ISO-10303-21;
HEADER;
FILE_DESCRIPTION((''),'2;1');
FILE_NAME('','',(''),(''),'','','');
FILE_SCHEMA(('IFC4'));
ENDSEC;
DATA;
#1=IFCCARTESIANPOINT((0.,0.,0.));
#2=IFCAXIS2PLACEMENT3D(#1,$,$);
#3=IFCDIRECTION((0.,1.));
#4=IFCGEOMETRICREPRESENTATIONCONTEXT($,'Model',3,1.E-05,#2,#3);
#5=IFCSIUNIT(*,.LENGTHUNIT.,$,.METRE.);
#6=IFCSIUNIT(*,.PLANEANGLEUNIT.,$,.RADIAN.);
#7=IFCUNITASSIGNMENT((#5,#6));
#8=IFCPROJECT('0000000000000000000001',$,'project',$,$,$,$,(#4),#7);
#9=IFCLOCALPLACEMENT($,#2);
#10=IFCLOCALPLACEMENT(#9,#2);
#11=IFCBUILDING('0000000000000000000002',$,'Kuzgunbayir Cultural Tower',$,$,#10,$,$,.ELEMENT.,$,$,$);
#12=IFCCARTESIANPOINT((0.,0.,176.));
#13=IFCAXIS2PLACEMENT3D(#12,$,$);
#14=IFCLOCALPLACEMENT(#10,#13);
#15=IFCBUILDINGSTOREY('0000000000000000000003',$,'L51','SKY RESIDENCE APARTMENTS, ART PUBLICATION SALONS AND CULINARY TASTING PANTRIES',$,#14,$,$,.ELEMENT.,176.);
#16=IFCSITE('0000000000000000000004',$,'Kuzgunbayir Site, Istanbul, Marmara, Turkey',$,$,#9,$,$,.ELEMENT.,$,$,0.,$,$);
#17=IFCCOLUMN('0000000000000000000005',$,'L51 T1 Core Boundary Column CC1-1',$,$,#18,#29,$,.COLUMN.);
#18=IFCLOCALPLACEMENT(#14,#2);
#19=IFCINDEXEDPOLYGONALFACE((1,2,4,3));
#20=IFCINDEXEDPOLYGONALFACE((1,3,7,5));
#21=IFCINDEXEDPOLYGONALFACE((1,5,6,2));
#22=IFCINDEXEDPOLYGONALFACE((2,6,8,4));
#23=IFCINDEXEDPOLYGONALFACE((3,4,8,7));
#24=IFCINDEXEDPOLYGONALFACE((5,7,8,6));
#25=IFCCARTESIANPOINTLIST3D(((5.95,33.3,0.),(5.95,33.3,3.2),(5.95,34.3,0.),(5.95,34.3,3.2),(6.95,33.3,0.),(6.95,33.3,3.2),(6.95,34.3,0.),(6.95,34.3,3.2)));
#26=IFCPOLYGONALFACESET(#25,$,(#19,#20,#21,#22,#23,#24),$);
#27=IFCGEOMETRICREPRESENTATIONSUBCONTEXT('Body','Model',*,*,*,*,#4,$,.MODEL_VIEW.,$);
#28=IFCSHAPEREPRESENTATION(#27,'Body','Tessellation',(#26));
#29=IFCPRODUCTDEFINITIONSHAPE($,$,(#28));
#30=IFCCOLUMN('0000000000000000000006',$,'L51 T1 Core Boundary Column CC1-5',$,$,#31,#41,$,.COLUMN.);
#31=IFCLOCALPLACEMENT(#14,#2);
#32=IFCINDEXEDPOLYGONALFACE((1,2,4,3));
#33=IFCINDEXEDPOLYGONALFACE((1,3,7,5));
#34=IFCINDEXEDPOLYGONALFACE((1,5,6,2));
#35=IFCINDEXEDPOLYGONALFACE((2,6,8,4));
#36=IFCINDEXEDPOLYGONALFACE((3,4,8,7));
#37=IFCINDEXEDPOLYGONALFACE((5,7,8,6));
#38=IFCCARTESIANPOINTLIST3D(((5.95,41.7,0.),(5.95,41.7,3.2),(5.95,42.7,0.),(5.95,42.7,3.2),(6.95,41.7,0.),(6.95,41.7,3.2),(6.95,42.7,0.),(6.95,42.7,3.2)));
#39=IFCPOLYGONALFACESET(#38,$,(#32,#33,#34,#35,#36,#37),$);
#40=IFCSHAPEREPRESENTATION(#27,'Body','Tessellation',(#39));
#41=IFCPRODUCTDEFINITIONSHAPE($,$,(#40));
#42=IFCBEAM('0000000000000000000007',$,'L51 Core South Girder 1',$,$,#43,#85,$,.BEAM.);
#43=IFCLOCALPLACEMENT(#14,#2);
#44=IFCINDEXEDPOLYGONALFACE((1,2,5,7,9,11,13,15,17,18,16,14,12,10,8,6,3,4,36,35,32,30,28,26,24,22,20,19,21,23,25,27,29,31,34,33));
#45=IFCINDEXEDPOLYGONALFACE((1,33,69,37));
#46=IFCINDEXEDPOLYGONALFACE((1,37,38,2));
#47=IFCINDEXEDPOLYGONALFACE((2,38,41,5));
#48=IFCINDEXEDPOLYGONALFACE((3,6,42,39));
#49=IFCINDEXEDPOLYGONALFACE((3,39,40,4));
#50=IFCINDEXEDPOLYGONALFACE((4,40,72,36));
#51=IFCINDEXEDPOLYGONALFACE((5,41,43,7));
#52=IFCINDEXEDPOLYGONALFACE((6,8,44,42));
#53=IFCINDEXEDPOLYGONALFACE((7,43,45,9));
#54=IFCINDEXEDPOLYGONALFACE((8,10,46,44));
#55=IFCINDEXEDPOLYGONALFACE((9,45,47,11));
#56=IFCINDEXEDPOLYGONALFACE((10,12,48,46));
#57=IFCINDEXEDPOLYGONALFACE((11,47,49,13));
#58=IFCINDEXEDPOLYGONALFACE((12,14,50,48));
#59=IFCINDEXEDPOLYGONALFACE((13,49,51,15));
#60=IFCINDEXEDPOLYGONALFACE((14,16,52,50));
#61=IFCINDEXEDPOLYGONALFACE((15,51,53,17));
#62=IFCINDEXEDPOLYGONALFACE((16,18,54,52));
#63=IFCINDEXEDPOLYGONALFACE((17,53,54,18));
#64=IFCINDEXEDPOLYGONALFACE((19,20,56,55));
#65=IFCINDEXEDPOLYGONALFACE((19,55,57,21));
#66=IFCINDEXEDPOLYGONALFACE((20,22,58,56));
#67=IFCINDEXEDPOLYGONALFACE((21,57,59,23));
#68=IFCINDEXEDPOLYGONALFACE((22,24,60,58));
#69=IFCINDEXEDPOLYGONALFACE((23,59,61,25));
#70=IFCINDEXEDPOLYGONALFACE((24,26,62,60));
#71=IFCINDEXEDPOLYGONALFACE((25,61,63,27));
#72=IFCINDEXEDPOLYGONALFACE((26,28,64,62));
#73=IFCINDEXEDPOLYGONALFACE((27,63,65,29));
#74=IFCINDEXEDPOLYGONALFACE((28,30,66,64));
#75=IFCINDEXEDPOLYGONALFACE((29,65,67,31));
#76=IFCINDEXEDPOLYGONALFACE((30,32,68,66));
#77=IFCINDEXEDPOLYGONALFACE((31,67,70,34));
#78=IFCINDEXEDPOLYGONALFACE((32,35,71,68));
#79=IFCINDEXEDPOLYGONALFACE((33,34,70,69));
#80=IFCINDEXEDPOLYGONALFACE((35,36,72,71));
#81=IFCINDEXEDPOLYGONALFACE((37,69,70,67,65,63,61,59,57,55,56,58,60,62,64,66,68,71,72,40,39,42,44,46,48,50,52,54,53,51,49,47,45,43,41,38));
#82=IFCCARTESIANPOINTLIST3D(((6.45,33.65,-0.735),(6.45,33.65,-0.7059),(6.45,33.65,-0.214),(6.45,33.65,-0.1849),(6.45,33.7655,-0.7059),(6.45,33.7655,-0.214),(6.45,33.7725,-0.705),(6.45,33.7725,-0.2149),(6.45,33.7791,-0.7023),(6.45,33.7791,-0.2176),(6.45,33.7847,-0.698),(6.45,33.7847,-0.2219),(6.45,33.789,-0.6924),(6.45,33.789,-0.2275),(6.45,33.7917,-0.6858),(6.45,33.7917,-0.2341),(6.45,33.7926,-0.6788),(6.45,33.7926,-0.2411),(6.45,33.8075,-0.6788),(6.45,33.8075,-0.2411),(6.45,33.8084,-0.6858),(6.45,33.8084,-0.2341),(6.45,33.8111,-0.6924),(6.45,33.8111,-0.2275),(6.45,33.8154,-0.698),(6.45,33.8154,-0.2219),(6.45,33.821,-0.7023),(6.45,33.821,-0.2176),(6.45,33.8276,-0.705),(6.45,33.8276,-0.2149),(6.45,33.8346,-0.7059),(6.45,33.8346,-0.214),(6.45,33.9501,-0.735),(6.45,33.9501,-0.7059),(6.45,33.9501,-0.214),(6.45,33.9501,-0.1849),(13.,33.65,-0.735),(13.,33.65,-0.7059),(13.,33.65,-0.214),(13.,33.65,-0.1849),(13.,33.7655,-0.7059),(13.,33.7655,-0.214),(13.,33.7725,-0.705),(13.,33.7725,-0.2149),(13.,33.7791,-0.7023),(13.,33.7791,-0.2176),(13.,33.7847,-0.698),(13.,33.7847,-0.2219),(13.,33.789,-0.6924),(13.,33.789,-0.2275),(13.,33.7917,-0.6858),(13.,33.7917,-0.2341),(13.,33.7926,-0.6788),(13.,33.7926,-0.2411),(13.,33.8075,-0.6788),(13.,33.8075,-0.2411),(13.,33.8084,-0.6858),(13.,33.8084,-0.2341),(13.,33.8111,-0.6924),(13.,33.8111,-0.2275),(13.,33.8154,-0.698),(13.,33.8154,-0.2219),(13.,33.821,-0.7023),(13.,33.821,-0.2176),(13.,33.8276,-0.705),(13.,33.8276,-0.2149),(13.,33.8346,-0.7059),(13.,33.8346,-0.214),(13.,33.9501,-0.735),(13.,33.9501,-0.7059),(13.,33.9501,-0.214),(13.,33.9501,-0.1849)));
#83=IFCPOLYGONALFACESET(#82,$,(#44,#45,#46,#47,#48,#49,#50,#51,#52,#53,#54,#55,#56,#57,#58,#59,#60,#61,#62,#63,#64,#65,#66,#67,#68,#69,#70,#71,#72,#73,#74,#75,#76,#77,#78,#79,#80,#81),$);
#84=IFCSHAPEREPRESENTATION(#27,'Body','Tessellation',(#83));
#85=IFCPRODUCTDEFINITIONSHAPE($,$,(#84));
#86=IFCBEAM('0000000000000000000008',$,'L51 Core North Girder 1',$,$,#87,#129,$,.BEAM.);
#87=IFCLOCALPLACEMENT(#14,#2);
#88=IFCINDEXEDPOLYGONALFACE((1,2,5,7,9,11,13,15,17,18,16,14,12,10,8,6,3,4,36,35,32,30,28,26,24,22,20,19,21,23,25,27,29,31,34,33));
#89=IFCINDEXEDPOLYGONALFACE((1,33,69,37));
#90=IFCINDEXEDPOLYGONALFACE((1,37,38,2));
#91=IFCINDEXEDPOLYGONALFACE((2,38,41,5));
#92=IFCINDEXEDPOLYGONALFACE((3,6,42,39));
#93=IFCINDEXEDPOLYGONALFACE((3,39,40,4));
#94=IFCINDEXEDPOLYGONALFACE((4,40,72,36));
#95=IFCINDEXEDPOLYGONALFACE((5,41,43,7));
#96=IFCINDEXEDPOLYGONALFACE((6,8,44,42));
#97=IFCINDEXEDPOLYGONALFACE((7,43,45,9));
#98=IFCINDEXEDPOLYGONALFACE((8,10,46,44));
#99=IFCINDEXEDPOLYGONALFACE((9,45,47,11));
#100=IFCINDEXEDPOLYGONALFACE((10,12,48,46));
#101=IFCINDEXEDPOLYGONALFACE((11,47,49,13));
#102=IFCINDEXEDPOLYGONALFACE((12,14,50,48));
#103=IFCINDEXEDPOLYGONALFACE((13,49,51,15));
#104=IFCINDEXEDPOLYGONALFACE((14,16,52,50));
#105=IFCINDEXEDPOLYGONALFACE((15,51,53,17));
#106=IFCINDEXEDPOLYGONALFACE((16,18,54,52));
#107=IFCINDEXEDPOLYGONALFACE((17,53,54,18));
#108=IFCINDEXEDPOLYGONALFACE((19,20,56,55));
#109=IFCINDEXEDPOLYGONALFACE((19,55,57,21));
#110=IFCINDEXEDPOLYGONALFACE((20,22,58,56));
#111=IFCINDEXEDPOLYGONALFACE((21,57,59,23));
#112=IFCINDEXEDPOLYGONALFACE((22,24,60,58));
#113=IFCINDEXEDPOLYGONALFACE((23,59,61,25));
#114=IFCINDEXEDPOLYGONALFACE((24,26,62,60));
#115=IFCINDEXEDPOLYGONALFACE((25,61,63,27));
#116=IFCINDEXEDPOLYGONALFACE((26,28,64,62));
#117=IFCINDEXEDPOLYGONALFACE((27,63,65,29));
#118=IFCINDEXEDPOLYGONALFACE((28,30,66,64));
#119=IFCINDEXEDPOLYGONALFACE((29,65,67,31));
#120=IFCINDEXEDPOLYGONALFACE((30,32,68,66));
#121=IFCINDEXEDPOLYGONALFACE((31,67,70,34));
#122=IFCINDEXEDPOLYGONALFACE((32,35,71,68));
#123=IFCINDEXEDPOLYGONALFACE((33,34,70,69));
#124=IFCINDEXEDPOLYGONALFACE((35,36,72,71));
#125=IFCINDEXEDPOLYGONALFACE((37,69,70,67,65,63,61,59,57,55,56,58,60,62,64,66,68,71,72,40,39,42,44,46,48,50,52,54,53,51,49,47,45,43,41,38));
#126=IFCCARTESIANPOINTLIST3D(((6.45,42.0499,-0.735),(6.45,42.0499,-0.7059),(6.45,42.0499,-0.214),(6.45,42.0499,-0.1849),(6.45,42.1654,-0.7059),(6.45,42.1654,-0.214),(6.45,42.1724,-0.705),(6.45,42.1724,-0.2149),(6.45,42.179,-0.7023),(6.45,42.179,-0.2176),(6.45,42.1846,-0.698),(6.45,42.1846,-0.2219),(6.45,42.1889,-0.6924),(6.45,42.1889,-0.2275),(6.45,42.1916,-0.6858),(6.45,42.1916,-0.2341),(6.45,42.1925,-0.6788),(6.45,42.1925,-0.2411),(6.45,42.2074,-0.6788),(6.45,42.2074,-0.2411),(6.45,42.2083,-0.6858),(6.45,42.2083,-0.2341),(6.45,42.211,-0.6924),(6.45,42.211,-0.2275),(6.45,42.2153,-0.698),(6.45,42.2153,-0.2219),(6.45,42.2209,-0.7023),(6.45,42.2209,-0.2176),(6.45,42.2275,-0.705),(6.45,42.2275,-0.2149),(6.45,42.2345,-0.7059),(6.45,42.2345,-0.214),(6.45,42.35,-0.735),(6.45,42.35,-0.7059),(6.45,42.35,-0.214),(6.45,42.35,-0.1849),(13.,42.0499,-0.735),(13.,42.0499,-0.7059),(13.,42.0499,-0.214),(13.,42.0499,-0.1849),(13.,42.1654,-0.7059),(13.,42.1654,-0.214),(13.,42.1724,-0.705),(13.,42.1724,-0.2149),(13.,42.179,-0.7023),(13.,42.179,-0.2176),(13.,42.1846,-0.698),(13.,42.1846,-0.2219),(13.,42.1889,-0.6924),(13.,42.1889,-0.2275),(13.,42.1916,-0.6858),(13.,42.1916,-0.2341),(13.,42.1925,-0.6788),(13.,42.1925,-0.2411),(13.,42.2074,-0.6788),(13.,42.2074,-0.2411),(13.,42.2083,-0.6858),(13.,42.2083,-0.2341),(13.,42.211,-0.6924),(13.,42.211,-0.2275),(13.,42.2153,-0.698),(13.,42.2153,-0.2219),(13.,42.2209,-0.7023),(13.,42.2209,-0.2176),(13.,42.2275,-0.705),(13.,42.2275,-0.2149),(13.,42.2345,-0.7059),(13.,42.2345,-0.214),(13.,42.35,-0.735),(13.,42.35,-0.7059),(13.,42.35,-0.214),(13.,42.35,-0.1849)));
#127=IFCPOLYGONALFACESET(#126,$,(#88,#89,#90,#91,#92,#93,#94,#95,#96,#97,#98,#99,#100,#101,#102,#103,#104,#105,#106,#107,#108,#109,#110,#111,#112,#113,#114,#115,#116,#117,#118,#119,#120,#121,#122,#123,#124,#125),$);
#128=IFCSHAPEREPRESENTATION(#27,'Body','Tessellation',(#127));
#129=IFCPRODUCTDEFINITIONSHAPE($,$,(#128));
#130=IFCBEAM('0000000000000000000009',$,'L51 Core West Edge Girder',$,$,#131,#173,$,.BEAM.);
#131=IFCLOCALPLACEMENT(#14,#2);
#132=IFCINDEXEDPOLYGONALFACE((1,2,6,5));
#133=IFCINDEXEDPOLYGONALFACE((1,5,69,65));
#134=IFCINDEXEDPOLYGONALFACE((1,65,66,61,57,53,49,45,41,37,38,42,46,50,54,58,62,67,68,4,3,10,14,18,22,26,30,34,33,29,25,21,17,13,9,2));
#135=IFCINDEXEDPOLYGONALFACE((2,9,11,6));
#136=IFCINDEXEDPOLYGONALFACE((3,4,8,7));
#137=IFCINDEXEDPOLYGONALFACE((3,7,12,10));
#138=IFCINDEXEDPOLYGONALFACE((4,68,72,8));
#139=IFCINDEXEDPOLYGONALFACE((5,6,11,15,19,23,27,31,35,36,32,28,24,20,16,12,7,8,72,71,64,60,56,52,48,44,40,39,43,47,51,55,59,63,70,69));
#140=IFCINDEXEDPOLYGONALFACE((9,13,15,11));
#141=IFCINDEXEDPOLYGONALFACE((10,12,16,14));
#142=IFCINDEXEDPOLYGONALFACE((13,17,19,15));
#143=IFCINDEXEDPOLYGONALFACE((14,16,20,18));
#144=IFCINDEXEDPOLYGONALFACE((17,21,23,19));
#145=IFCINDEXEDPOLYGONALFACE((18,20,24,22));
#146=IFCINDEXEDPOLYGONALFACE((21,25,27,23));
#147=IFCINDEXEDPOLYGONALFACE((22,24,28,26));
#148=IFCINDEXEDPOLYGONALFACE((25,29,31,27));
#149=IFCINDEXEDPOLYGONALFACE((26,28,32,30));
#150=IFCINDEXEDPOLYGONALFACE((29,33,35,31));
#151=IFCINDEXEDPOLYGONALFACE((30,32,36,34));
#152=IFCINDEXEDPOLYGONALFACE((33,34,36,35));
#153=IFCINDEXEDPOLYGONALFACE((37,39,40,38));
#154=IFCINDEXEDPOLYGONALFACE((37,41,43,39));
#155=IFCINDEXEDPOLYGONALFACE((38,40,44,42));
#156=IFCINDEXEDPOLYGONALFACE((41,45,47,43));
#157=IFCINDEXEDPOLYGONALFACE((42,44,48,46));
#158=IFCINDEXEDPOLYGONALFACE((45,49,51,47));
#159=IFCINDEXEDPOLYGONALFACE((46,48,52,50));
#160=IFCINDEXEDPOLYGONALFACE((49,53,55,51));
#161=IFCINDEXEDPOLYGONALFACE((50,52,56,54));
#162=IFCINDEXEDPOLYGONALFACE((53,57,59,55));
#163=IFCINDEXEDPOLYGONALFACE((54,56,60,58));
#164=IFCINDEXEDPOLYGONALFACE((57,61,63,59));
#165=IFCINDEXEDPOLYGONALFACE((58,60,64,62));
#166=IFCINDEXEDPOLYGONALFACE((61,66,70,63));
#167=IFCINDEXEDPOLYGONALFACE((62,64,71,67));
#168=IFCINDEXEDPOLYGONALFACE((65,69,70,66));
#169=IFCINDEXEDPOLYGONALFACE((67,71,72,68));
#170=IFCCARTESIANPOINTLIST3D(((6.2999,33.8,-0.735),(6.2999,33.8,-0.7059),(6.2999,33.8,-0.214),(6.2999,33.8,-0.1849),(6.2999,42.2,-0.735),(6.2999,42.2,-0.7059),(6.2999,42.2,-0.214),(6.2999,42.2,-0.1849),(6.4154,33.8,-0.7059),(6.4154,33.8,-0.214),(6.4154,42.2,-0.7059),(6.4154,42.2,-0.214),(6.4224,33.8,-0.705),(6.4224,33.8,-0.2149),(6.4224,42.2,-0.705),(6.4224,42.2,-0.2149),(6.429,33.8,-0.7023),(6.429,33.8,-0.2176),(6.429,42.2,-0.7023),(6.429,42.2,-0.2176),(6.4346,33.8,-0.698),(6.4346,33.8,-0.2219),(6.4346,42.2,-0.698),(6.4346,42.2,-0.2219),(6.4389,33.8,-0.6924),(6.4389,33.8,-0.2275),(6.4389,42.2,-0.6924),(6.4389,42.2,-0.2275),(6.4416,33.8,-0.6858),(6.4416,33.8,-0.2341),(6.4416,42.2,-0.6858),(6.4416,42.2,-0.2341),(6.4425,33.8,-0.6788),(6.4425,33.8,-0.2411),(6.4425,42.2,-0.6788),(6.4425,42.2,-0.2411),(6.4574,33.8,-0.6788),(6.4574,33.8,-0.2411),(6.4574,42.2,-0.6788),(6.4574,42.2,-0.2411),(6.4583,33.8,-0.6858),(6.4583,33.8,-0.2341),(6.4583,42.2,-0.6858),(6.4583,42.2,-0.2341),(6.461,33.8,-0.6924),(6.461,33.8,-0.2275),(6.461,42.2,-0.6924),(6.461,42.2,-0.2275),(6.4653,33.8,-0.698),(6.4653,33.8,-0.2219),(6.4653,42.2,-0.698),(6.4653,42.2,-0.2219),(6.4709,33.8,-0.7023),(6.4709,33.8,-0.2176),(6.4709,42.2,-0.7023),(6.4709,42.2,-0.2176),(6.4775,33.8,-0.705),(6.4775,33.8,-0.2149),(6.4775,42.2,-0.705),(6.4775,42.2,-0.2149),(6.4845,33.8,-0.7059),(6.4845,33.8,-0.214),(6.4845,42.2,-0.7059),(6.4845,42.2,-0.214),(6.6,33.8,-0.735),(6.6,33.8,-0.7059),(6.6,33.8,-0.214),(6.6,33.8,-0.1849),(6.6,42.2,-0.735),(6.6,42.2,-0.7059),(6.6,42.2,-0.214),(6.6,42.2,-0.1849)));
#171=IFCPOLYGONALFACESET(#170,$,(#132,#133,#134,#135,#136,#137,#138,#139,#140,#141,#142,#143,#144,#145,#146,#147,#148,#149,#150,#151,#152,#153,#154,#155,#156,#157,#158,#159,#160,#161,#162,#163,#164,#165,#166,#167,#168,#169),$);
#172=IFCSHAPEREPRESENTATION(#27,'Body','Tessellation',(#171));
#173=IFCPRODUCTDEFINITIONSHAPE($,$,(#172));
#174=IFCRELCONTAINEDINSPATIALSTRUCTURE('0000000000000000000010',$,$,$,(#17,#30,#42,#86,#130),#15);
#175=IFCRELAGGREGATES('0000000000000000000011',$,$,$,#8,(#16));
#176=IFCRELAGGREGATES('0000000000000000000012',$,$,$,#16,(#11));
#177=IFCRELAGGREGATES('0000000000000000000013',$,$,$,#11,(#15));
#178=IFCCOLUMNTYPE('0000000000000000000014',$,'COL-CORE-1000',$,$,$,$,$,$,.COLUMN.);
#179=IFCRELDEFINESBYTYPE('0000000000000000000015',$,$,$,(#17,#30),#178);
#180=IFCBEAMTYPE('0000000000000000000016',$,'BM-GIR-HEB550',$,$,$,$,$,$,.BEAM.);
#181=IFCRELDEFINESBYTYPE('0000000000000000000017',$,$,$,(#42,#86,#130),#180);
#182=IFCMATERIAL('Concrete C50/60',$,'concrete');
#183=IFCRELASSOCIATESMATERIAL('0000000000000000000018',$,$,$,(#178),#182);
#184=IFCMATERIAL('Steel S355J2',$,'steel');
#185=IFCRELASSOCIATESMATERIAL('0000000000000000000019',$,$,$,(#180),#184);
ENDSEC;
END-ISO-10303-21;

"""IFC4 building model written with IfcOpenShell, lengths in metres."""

from ifc_helpers import new_model, si_unit, direction, frame, origin, origin_2d, place, context, subcontext, project, spatial, rectangle, i_section, extrude, material, material_profile, profile_set, type_object, element, save


model = new_model("IFC4")

# Units and contexts
model_context = context("Model", 3, precision=1e-05, world=origin(), true_north=direction((0.0, 1.0)))
body_context = subcontext(model_context, "Body", "Model", "MODEL_VIEW")
ifc_project = project(units=[si_unit("LENGTHUNIT", "METRE"), si_unit("PLANEANGLEUNIT", "RADIAN")], contexts=[model_context])

# Site, building, storey
site_placement = place(None, origin())
site = spatial("IfcSite", under=ifc_project, at=site_placement, Name="Kuzgunbayir Site, Istanbul, Marmara, Turkey", CompositionType="ELEMENT", RefElevation=0.0)
building_placement = place(site_placement, origin())
building = spatial("IfcBuilding", under=site, at=building_placement, Name="Kuzgunbayir Cultural Tower", CompositionType="ELEMENT")
storey_placement = place(building_placement, frame((0.0, 0.0, 176.0)))
storey = spatial("IfcBuildingStorey", under=building, at=storey_placement, Name="L51", Description="SKY RESIDENCE APARTMENTS, ART PUBLICATION SALONS AND CULINARY TASTING PANTRIES", CompositionType="ELEMENT", Elevation=176.0)

# Columns
ifc_material_1 = material(Name="Concrete C50/60", Category="concrete")
ifc_material_profile_1 = material_profile(ifc_material_1, rectangle(XDim=1.0, YDim=1.0, at=origin_2d()), Name="RC 1000x1000")
ifc_profile_set_1 = profile_set([ifc_material_profile_1], Name="Concrete C50/60")
column_type = type_object("IfcColumnType", Name="COL-CORE-1000", PredefinedType="COLUMN", material=ifc_profile_set_1)
for number, where, z_axis, x_axis, name in (
    (1, (6.45, 33.8, 0.0), (0.0, 0.0, 1.0), (1.0, 0.0, 0.0), "L51 T1 Core Boundary Column CC1-1"),
    (2, (6.45, 42.2, 0.0), (0.0, 0.0, 1.0), (1.0, 0.0, 0.0), "L51 T1 Core Boundary Column CC1-5"),
):
    element("IfcColumn", number, at=place(storey_placement, frame(where, z_axis=z_axis, x_axis=x_axis)), inside=storey, type_object=column_type, Name=name, PredefinedType="COLUMN", context=body_context, shape_type="SweptSolid", body=[
        extrude(rectangle(XDim=1.0, YDim=1.0, at=origin_2d()), origin(), (0.0, 0.0, 1.0), 3.2),
    ])

# Beams
ifc_material_2 = material(Name="Steel S355J2", Category="steel")
ifc_material_profile_2 = material_profile(ifc_material_2, i_section(OverallWidth=0.3, OverallDepth=0.55, WebThickness=0.0149, FlangeThickness=0.0291, FilletRadius=0.0271, at=origin_2d()), Name="HEB 550")
ifc_profile_set_2 = profile_set([ifc_material_profile_2], Name="Steel S355J2")
beam_type = type_object("IfcBeamType", Name="BM-GIR-HEB550", PredefinedType="BEAM", material=ifc_profile_set_2)
for number, where, z_axis, x_axis, name in (
    (3, (6.45, 33.8, -0.46), (1.0, 0.0, 0.0), (0.0, 1.0, 0.0), "L51 Core South Girder 1"),
    (4, (6.45, 42.2, -0.46), (1.0, 0.0, 0.0), (0.0, 1.0, 0.0), "L51 Core North Girder 1"),
):
    element("IfcBeam", number, at=place(storey_placement, frame(where, z_axis=z_axis, x_axis=x_axis)), inside=storey, type_object=beam_type, Name=name, PredefinedType="BEAM", context=body_context, shape_type="SweptSolid", body=[
        extrude(i_section(OverallWidth=0.3, OverallDepth=0.55, WebThickness=0.0149, FlangeThickness=0.0291, FilletRadius=0.0271, at=origin_2d()), origin(), (0.0, 0.0, 1.0), 6.55),
    ])
beam_1_placement = place(storey_placement, frame((6.45, 33.8, -0.46), z_axis=(0.0, 1.0, 0.0), x_axis=(-1.0, 0.0, 0.0)))
element("IfcBeam", 5, at=beam_1_placement, inside=storey, type_object=beam_type, Name="L51 Core West Edge Girder", PredefinedType="BEAM", context=body_context, shape_type="SweptSolid", body=[
    extrude(i_section(OverallWidth=0.3, OverallDepth=0.55, WebThickness=0.0149, FlangeThickness=0.0291, FilletRadius=0.0271, at=origin_2d()), origin(), (0.0, 0.0, 1.0), 8.3999),
])

save(model, "model.ifc")
